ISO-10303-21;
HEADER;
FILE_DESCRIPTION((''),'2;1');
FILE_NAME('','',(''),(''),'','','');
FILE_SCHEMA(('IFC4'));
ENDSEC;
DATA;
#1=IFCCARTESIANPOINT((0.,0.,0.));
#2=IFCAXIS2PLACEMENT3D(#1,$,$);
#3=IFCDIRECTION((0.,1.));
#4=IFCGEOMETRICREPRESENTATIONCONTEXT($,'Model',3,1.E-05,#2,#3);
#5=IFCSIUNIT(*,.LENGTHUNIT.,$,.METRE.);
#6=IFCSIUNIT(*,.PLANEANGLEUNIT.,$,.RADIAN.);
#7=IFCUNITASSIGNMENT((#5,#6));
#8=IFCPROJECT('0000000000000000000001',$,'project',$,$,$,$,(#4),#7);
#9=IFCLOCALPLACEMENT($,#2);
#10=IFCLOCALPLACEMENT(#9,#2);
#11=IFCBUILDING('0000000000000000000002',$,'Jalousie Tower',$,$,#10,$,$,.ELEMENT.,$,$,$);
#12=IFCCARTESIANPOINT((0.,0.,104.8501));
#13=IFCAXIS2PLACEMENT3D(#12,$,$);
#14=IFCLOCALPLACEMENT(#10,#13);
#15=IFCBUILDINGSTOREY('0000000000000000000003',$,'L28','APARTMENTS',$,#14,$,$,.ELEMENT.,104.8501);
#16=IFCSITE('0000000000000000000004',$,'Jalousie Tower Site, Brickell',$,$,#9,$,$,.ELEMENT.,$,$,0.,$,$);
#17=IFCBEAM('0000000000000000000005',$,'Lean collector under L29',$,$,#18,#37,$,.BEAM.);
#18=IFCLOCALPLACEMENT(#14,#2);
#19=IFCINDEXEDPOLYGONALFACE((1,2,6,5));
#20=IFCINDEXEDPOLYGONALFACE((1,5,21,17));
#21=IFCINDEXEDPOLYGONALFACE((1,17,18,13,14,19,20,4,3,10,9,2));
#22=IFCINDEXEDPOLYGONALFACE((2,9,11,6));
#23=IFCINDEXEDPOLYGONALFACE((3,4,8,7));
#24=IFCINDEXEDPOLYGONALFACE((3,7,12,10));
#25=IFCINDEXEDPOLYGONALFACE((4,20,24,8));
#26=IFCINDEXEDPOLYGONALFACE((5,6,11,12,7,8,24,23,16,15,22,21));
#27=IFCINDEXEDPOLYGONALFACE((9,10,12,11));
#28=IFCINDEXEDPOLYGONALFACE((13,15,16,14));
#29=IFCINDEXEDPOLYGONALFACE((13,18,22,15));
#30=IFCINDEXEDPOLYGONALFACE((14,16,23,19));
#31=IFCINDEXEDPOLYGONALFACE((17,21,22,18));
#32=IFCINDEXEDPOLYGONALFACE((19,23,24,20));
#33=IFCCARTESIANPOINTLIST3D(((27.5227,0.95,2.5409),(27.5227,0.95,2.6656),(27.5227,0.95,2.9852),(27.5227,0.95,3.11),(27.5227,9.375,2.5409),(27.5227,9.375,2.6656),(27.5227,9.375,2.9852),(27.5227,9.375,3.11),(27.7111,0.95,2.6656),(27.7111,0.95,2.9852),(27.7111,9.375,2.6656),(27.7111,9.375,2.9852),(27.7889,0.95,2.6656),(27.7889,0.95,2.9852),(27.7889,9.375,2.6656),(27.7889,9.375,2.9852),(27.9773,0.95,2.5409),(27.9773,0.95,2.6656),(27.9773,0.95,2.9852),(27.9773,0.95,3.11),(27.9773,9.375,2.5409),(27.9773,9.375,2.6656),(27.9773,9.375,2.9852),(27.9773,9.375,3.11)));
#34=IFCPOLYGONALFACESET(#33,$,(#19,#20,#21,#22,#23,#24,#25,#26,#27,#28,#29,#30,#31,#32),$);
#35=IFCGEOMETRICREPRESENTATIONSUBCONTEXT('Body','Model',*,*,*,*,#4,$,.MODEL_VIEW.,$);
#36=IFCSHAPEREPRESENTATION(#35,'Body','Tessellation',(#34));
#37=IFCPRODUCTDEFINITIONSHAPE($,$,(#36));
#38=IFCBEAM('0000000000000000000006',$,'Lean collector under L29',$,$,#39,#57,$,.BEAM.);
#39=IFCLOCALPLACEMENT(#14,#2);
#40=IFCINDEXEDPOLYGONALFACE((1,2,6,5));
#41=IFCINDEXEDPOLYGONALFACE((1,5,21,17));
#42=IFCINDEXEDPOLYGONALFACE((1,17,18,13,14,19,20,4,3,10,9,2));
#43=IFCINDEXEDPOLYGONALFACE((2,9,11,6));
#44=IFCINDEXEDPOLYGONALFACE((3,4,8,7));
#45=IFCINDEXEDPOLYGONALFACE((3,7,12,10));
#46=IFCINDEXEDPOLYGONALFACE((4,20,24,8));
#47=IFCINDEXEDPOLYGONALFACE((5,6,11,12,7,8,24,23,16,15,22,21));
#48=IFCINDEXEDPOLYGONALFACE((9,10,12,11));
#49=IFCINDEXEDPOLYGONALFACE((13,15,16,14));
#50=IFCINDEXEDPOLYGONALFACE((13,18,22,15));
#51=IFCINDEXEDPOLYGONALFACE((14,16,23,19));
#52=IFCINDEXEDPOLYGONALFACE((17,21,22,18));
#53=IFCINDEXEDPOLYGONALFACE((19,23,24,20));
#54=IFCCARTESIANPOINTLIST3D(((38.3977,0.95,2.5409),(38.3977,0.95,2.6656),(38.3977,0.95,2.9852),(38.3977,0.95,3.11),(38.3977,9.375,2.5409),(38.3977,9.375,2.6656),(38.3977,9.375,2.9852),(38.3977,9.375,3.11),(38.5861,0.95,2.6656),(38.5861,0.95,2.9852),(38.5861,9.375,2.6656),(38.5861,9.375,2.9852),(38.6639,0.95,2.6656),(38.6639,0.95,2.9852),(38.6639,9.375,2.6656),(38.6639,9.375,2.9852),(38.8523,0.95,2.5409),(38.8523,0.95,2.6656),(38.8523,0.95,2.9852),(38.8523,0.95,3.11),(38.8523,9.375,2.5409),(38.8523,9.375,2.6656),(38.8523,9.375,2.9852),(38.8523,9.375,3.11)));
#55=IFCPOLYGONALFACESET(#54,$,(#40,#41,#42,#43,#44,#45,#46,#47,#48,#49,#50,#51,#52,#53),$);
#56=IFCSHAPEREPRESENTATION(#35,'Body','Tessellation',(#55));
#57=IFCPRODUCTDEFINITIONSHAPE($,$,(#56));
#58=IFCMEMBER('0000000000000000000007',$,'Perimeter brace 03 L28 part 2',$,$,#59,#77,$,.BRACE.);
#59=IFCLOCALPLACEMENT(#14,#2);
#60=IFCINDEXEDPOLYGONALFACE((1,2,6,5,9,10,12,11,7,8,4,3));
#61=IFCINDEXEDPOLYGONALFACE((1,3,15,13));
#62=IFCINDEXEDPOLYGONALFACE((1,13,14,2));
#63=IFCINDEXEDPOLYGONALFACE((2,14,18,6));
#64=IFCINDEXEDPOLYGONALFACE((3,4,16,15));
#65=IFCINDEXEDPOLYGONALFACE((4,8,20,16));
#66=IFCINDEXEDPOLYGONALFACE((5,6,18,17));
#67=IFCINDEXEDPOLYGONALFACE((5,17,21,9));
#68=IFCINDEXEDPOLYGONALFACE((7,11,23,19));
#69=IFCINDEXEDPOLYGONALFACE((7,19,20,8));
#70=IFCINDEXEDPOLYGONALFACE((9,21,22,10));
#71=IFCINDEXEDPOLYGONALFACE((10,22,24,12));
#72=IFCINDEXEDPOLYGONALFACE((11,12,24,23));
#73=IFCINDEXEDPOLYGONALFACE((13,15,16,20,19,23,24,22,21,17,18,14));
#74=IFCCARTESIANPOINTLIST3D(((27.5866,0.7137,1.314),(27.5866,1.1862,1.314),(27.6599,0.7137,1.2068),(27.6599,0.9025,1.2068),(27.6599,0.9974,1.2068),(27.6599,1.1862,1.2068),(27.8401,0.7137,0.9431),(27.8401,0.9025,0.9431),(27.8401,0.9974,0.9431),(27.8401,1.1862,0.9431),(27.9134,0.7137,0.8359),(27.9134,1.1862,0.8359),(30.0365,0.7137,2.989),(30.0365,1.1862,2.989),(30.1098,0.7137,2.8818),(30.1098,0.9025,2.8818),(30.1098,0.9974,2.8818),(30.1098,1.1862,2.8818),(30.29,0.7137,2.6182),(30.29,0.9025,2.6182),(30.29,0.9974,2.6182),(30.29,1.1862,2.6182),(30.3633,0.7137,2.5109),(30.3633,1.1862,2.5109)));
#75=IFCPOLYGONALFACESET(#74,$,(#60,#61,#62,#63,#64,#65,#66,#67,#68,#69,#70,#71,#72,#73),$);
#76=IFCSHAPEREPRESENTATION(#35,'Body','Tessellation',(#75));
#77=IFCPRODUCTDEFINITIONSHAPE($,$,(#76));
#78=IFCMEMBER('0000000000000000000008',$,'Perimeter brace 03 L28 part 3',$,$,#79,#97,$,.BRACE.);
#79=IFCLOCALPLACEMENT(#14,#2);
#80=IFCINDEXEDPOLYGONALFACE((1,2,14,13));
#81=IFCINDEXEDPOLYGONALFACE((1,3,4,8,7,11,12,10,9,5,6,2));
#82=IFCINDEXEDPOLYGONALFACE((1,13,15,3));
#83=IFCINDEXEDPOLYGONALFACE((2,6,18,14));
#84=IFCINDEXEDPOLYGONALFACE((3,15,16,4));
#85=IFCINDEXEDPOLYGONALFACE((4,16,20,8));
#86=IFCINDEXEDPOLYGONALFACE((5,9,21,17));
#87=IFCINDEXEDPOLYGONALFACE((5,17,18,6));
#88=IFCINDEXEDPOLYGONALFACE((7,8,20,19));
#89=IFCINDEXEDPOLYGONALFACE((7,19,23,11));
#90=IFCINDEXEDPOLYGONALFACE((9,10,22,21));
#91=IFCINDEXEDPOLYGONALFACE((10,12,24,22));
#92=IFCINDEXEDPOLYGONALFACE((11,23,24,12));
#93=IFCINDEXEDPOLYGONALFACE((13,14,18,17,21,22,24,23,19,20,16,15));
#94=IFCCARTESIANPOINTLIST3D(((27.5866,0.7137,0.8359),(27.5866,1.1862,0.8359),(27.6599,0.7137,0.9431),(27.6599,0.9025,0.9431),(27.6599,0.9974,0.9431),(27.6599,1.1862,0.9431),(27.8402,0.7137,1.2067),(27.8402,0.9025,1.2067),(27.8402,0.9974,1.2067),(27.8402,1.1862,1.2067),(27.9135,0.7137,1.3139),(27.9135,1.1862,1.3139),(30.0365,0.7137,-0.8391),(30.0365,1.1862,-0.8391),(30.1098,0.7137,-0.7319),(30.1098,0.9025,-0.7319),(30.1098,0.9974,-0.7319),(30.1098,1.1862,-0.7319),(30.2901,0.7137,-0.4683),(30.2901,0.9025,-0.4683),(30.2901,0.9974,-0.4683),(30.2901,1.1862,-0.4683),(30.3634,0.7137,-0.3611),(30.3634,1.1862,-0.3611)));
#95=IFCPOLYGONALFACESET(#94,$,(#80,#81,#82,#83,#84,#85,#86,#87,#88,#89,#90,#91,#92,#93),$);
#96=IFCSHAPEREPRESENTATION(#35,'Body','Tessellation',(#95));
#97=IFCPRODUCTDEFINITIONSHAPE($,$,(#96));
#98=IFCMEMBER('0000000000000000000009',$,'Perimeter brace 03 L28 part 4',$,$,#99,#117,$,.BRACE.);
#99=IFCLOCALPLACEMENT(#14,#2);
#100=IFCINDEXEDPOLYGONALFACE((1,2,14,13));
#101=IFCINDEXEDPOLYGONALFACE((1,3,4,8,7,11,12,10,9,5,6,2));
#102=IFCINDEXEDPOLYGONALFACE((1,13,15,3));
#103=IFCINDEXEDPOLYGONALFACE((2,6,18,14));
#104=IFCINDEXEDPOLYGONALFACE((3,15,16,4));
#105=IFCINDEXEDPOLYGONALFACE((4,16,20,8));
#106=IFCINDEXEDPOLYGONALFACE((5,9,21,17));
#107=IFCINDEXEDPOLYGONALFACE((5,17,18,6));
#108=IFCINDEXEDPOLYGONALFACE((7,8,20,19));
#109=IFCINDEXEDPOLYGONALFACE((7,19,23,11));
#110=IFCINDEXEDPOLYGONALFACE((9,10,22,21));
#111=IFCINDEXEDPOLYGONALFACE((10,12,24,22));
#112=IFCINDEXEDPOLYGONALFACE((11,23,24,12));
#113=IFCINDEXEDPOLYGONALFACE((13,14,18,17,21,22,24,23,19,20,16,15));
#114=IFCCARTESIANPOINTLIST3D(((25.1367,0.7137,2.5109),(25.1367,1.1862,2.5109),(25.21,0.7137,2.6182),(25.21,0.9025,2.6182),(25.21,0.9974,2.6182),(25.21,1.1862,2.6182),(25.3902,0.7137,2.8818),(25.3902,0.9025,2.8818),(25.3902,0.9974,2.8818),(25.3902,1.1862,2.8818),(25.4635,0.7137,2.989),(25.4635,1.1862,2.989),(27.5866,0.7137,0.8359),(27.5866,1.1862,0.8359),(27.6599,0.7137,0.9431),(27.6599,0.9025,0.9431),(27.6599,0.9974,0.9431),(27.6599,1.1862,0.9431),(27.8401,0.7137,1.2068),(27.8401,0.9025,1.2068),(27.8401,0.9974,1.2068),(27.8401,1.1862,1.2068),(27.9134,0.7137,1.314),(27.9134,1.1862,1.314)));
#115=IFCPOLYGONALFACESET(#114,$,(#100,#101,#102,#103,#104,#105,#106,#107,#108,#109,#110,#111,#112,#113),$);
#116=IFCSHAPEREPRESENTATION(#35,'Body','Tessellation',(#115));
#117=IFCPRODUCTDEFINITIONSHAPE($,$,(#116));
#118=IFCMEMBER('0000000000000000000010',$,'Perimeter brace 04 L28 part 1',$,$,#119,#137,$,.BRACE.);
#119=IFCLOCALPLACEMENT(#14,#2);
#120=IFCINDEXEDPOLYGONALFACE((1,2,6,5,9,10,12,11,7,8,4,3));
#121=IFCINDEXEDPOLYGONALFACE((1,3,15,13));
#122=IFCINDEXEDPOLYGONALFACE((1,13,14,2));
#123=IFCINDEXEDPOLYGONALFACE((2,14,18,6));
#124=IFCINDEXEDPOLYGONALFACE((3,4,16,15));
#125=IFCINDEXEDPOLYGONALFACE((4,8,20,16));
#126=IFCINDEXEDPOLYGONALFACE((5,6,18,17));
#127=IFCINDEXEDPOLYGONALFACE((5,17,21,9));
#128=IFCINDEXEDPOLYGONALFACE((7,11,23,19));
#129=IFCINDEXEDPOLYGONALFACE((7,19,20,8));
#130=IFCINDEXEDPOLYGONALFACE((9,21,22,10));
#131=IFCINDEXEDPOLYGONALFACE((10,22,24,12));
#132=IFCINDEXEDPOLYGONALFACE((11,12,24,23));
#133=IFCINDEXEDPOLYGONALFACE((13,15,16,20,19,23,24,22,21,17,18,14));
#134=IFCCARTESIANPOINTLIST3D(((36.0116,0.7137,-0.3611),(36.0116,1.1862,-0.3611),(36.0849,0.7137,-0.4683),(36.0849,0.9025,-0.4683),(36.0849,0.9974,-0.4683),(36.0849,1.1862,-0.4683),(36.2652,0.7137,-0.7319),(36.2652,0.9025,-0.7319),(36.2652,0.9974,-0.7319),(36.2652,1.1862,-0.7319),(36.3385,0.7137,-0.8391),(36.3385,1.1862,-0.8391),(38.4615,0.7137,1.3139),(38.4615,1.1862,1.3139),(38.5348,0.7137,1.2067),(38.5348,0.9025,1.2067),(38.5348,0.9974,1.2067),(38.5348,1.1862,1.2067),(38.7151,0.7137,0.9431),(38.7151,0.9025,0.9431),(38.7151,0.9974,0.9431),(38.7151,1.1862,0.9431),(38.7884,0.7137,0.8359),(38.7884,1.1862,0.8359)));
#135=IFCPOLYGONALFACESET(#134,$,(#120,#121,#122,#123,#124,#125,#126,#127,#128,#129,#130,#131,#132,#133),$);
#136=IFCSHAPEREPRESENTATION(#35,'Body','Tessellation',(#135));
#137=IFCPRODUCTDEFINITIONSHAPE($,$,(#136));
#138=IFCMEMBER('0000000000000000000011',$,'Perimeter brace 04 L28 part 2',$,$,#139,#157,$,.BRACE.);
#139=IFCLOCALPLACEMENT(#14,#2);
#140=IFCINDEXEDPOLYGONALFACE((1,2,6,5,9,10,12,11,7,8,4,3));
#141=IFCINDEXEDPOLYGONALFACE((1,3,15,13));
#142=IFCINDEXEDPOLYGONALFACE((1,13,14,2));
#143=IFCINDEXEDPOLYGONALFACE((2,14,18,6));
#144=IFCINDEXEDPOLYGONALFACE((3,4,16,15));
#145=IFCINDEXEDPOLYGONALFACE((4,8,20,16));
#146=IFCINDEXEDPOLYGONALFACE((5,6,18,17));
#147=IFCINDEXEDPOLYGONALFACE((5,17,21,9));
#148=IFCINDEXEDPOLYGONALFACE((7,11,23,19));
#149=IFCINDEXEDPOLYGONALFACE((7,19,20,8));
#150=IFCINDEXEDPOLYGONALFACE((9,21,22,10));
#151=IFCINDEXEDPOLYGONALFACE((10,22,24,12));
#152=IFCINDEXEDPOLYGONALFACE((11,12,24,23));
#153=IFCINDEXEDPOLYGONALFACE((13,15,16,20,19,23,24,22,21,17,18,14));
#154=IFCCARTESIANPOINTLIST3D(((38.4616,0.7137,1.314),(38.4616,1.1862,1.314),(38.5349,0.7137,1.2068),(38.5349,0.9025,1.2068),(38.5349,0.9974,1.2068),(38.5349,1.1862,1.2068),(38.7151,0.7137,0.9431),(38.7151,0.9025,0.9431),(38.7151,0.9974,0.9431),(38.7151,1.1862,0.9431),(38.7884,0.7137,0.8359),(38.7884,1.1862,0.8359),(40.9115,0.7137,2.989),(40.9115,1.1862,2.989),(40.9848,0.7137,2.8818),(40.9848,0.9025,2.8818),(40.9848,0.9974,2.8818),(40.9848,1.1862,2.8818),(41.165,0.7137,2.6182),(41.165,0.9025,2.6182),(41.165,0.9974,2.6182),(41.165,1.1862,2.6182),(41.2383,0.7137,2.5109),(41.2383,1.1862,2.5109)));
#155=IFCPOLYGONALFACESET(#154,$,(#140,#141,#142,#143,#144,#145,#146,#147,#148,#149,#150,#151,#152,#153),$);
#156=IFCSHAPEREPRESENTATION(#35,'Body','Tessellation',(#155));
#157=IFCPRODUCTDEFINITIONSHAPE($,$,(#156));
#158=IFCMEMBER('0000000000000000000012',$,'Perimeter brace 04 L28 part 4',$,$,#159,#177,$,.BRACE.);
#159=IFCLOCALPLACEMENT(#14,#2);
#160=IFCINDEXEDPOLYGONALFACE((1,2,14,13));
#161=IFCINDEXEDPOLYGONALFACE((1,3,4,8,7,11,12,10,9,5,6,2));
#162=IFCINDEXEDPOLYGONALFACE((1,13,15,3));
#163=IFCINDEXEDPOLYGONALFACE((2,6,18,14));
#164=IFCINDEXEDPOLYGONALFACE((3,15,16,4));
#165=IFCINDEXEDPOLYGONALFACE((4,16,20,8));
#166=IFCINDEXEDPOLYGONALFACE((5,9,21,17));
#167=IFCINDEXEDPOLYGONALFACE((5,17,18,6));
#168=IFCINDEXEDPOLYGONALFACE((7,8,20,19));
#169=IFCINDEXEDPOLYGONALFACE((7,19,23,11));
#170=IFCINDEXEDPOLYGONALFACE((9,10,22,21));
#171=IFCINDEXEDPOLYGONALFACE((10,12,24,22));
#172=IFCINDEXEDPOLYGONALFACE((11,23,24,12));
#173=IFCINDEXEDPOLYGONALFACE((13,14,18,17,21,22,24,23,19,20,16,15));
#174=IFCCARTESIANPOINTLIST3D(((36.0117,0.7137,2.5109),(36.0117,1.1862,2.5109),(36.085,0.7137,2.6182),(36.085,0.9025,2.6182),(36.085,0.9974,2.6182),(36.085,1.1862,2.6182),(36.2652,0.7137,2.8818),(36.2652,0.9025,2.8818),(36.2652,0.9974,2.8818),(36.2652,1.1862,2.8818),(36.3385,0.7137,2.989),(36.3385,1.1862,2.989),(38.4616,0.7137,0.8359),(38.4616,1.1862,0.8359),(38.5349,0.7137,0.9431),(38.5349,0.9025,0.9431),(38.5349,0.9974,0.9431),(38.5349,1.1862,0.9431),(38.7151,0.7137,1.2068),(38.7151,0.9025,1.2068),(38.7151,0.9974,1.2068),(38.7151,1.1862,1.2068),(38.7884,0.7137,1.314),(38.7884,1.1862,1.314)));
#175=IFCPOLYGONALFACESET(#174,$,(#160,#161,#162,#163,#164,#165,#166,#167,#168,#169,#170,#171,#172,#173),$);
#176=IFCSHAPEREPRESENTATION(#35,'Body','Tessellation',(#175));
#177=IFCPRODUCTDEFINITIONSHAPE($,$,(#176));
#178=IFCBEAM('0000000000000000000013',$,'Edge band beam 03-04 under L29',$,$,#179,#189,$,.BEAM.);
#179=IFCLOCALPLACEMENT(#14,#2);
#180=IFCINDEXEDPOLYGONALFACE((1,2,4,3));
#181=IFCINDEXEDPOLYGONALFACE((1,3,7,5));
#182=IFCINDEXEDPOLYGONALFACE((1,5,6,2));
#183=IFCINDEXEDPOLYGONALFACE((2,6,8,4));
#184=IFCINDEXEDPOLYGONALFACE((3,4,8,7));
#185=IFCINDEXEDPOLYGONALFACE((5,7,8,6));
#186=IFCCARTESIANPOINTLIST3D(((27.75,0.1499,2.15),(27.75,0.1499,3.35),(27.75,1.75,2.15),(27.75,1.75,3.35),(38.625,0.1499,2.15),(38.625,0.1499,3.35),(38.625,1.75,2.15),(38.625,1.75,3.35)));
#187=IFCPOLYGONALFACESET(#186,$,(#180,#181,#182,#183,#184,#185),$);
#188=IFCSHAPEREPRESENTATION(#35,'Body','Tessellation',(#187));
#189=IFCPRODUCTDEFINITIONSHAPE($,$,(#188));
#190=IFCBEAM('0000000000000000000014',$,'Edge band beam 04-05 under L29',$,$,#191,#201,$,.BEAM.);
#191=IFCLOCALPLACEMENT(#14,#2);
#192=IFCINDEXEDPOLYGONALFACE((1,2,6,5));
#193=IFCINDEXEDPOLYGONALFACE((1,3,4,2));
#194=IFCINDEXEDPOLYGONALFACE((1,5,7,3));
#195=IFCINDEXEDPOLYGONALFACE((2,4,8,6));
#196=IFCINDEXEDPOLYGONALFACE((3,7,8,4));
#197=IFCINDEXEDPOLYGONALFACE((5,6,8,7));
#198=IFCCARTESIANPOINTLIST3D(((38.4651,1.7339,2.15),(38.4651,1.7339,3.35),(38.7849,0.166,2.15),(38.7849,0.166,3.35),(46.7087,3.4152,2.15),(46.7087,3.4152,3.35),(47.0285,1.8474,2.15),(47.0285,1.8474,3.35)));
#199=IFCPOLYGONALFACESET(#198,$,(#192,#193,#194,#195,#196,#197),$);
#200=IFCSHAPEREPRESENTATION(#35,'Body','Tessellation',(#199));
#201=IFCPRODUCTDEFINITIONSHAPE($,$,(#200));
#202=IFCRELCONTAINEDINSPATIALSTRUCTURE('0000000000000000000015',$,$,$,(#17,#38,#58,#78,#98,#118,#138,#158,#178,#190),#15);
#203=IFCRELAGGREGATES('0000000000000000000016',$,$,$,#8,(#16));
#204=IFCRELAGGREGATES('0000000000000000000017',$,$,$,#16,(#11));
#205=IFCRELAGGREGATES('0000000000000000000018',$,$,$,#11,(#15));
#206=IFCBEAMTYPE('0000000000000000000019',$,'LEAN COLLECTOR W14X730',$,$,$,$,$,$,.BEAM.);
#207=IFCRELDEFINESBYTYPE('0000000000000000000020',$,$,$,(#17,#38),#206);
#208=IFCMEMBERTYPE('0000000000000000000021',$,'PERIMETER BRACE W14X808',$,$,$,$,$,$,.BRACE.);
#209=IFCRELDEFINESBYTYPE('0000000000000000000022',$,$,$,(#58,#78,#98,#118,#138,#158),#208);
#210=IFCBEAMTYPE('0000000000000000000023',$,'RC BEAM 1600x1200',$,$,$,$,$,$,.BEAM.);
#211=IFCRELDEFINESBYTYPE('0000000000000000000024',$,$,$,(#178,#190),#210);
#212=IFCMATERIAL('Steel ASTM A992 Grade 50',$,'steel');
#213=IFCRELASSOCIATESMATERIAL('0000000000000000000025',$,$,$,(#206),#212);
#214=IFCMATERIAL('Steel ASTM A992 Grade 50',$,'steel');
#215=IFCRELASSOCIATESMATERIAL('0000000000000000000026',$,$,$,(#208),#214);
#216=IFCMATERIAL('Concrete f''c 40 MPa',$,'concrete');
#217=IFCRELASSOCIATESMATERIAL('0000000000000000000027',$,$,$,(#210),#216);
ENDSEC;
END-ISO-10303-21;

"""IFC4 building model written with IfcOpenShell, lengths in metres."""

from ifc_helpers import new_model, si_unit, direction, frame, origin, origin_2d, place, context, subcontext, project, spatial, rectangle, i_section, extrude, material, material_profile, profile_set, type_object, element, save


model = new_model("IFC4")

# Units and contexts
model_context = context("Model", 3, precision=1e-05, world=origin(), true_north=direction((0.0, 1.0)))
body_context = subcontext(model_context, "Body", "Model", "MODEL_VIEW")
ifc_project = project(units=[si_unit("LENGTHUNIT", "METRE"), si_unit("PLANEANGLEUNIT", "RADIAN")], contexts=[model_context])

# Site, building, storey
site_placement = place(None, origin())
site = spatial("IfcSite", under=ifc_project, at=site_placement, Name="Jalousie Tower Site, Brickell", CompositionType="ELEMENT", RefElevation=0.0)
building_placement = place(site_placement, origin())
building = spatial("IfcBuilding", under=site, at=building_placement, Name="Jalousie Tower", CompositionType="ELEMENT")
storey_placement = place(building_placement, frame((0.0, 0.0, 104.8501)))
storey = spatial("IfcBuildingStorey", under=building, at=storey_placement, Name="L28", Description="APARTMENTS", CompositionType="ELEMENT", Elevation=104.8501)

# Beams
ifc_material_1 = material(Name="Steel ASTM A992 Grade 50", Category="steel")
ifc_material_profile_1 = material_profile(ifc_material_1, i_section(OverallWidth=0.4546, OverallDepth=0.5691, WebThickness=0.0779, FlangeThickness=0.1248, at=origin_2d()), Name="W14X730")
ifc_profile_set_1 = profile_set([ifc_material_profile_1], Name="Steel ASTM A992 Grade 50")
beam_type_1 = type_object("IfcBeamType", Name="LEAN COLLECTOR W14X730", PredefinedType="BEAM", material=ifc_profile_set_1)
for number, where, z_axis, x_axis, name in (
    (1, (27.75, 0.95, 2.8254), (0.0, 1.0, 0.0), (-1.0, 0.0, 0.0), "Lean collector under L29"),
    (2, (38.625, 0.95, 2.8254), (0.0, 1.0, 0.0), (-1.0, 0.0, 0.0), "Lean collector under L29"),
):
    element("IfcBeam", number, at=place(storey_placement, frame(where, z_axis=z_axis, x_axis=x_axis)), inside=storey, type_object=beam_type_1, Name=name, PredefinedType="BEAM", context=body_context, shape_type="SweptSolid", body=[
        extrude(i_section(OverallWidth=0.4546, OverallDepth=0.5691, WebThickness=0.0779, FlangeThickness=0.1248, at=origin_2d()), origin(), (0.0, 0.0, 1.0), 8.425),
    ])

# Members
ifc_material_2 = material(Name="Steel ASTM A992 Grade 50", Category="steel")
ifc_material_profile_2 = material_profile(ifc_material_2, i_section(OverallWidth=0.4724, OverallDepth=0.5791, WebThickness=0.095, FlangeThickness=0.1299, at=origin_2d()), Name="W14X808")
ifc_profile_set_2 = profile_set([ifc_material_profile_2], Name="Steel ASTM A992 Grade 50")
member_type_1 = type_object("IfcMemberType", Name="PERIMETER BRACE W14X808", PredefinedType="BRACE", material=ifc_profile_set_2)
for number, where, z_axis, x_axis, name in (
    (3, (27.75, 0.95, 1.075), (0.825501, 0.0, 0.564401), (0.0, 1.0, 0.0), "Perimeter brace 03 L28 part 2"),
    (4, (30.2, 0.95, -0.6001), (-0.825501, 0.0, 0.564401), (0.0, -1.0, 0.0), "Perimeter brace 03 L28 part 3"),
    (5, (27.75, 0.95, 1.075), (-0.825501, 0.0, 0.564401), (0.0, -1.0, 0.0), "Perimeter brace 03 L28 part 4"),
    (6, (36.175, 0.95, -0.6001), (0.825501, 0.0, 0.564401), (0.0, 1.0, 0.0), "Perimeter brace 04 L28 part 1"),
    (7, (38.625, 0.95, 1.075), (0.825501, 0.0, 0.564401), (0.0, 1.0, 0.0), "Perimeter brace 04 L28 part 2"),
    (8, (38.625, 0.95, 1.075), (-0.825501, 0.0, 0.564401), (0.0, -1.0, 0.0), "Perimeter brace 04 L28 part 4"),
):
    element("IfcMember", number, at=place(storey_placement, frame(where, z_axis=z_axis, x_axis=x_axis)), inside=storey, type_object=member_type_1, Name=name, PredefinedType="BRACE", context=body_context, shape_type="SweptSolid", body=[
        extrude(i_section(OverallWidth=0.4724, OverallDepth=0.5791, WebThickness=0.095, FlangeThickness=0.1299, at=origin_2d()), origin(), (0.0, 0.0, 1.0), 2.9678),
    ])

# Beams
ifc_material_3 = material(Name="Concrete f'c 40 MPa", Category="concrete")
ifc_material_profile_3 = material_profile(ifc_material_3, rectangle(XDim=1.6001, YDim=1.2, at=origin_2d()), Name="RC 1600x1200")
ifc_profile_set_3 = profile_set([ifc_material_profile_3], Name="Concrete f'c 40 MPa")
beam_type_2 = type_object("IfcBeamType", Name="RC BEAM 1600x1200", PredefinedType="BEAM", material=ifc_profile_set_3)
beam_1_placement = place(storey_placement, frame((27.75, 0.95, 2.75), z_axis=(1.0, 0.0, 0.0), x_axis=(0.0, 1.0, 0.0)))
element("IfcBeam", 9, at=beam_1_placement, inside=storey, type_object=beam_type_2, Name="Edge band beam 03-04 under L29", PredefinedType="BEAM", context=body_context, shape_type="SweptSolid", body=[
    extrude(rectangle(XDim=1.6001, YDim=1.2, at=origin_2d()), origin(), (0.0, 0.0, 1.0), 10.875),
])
beam_2_placement = place(storey_placement, frame((38.625, 0.95, 2.75), z_axis=(0.979827, 0.199848, 0.0), x_axis=(-0.199848, 0.979827, 0.0)))
element("IfcBeam", 10, at=beam_2_placement, inside=storey, type_object=beam_type_2, Name="Edge band beam 04-05 under L29", PredefinedType="BEAM", context=body_context, shape_type="SweptSolid", body=[
    extrude(rectangle(XDim=1.6001, YDim=1.2, at=origin_2d()), origin(), (0.0, 0.0, 1.0), 8.4133),
])

save(model, "model.ifc")
